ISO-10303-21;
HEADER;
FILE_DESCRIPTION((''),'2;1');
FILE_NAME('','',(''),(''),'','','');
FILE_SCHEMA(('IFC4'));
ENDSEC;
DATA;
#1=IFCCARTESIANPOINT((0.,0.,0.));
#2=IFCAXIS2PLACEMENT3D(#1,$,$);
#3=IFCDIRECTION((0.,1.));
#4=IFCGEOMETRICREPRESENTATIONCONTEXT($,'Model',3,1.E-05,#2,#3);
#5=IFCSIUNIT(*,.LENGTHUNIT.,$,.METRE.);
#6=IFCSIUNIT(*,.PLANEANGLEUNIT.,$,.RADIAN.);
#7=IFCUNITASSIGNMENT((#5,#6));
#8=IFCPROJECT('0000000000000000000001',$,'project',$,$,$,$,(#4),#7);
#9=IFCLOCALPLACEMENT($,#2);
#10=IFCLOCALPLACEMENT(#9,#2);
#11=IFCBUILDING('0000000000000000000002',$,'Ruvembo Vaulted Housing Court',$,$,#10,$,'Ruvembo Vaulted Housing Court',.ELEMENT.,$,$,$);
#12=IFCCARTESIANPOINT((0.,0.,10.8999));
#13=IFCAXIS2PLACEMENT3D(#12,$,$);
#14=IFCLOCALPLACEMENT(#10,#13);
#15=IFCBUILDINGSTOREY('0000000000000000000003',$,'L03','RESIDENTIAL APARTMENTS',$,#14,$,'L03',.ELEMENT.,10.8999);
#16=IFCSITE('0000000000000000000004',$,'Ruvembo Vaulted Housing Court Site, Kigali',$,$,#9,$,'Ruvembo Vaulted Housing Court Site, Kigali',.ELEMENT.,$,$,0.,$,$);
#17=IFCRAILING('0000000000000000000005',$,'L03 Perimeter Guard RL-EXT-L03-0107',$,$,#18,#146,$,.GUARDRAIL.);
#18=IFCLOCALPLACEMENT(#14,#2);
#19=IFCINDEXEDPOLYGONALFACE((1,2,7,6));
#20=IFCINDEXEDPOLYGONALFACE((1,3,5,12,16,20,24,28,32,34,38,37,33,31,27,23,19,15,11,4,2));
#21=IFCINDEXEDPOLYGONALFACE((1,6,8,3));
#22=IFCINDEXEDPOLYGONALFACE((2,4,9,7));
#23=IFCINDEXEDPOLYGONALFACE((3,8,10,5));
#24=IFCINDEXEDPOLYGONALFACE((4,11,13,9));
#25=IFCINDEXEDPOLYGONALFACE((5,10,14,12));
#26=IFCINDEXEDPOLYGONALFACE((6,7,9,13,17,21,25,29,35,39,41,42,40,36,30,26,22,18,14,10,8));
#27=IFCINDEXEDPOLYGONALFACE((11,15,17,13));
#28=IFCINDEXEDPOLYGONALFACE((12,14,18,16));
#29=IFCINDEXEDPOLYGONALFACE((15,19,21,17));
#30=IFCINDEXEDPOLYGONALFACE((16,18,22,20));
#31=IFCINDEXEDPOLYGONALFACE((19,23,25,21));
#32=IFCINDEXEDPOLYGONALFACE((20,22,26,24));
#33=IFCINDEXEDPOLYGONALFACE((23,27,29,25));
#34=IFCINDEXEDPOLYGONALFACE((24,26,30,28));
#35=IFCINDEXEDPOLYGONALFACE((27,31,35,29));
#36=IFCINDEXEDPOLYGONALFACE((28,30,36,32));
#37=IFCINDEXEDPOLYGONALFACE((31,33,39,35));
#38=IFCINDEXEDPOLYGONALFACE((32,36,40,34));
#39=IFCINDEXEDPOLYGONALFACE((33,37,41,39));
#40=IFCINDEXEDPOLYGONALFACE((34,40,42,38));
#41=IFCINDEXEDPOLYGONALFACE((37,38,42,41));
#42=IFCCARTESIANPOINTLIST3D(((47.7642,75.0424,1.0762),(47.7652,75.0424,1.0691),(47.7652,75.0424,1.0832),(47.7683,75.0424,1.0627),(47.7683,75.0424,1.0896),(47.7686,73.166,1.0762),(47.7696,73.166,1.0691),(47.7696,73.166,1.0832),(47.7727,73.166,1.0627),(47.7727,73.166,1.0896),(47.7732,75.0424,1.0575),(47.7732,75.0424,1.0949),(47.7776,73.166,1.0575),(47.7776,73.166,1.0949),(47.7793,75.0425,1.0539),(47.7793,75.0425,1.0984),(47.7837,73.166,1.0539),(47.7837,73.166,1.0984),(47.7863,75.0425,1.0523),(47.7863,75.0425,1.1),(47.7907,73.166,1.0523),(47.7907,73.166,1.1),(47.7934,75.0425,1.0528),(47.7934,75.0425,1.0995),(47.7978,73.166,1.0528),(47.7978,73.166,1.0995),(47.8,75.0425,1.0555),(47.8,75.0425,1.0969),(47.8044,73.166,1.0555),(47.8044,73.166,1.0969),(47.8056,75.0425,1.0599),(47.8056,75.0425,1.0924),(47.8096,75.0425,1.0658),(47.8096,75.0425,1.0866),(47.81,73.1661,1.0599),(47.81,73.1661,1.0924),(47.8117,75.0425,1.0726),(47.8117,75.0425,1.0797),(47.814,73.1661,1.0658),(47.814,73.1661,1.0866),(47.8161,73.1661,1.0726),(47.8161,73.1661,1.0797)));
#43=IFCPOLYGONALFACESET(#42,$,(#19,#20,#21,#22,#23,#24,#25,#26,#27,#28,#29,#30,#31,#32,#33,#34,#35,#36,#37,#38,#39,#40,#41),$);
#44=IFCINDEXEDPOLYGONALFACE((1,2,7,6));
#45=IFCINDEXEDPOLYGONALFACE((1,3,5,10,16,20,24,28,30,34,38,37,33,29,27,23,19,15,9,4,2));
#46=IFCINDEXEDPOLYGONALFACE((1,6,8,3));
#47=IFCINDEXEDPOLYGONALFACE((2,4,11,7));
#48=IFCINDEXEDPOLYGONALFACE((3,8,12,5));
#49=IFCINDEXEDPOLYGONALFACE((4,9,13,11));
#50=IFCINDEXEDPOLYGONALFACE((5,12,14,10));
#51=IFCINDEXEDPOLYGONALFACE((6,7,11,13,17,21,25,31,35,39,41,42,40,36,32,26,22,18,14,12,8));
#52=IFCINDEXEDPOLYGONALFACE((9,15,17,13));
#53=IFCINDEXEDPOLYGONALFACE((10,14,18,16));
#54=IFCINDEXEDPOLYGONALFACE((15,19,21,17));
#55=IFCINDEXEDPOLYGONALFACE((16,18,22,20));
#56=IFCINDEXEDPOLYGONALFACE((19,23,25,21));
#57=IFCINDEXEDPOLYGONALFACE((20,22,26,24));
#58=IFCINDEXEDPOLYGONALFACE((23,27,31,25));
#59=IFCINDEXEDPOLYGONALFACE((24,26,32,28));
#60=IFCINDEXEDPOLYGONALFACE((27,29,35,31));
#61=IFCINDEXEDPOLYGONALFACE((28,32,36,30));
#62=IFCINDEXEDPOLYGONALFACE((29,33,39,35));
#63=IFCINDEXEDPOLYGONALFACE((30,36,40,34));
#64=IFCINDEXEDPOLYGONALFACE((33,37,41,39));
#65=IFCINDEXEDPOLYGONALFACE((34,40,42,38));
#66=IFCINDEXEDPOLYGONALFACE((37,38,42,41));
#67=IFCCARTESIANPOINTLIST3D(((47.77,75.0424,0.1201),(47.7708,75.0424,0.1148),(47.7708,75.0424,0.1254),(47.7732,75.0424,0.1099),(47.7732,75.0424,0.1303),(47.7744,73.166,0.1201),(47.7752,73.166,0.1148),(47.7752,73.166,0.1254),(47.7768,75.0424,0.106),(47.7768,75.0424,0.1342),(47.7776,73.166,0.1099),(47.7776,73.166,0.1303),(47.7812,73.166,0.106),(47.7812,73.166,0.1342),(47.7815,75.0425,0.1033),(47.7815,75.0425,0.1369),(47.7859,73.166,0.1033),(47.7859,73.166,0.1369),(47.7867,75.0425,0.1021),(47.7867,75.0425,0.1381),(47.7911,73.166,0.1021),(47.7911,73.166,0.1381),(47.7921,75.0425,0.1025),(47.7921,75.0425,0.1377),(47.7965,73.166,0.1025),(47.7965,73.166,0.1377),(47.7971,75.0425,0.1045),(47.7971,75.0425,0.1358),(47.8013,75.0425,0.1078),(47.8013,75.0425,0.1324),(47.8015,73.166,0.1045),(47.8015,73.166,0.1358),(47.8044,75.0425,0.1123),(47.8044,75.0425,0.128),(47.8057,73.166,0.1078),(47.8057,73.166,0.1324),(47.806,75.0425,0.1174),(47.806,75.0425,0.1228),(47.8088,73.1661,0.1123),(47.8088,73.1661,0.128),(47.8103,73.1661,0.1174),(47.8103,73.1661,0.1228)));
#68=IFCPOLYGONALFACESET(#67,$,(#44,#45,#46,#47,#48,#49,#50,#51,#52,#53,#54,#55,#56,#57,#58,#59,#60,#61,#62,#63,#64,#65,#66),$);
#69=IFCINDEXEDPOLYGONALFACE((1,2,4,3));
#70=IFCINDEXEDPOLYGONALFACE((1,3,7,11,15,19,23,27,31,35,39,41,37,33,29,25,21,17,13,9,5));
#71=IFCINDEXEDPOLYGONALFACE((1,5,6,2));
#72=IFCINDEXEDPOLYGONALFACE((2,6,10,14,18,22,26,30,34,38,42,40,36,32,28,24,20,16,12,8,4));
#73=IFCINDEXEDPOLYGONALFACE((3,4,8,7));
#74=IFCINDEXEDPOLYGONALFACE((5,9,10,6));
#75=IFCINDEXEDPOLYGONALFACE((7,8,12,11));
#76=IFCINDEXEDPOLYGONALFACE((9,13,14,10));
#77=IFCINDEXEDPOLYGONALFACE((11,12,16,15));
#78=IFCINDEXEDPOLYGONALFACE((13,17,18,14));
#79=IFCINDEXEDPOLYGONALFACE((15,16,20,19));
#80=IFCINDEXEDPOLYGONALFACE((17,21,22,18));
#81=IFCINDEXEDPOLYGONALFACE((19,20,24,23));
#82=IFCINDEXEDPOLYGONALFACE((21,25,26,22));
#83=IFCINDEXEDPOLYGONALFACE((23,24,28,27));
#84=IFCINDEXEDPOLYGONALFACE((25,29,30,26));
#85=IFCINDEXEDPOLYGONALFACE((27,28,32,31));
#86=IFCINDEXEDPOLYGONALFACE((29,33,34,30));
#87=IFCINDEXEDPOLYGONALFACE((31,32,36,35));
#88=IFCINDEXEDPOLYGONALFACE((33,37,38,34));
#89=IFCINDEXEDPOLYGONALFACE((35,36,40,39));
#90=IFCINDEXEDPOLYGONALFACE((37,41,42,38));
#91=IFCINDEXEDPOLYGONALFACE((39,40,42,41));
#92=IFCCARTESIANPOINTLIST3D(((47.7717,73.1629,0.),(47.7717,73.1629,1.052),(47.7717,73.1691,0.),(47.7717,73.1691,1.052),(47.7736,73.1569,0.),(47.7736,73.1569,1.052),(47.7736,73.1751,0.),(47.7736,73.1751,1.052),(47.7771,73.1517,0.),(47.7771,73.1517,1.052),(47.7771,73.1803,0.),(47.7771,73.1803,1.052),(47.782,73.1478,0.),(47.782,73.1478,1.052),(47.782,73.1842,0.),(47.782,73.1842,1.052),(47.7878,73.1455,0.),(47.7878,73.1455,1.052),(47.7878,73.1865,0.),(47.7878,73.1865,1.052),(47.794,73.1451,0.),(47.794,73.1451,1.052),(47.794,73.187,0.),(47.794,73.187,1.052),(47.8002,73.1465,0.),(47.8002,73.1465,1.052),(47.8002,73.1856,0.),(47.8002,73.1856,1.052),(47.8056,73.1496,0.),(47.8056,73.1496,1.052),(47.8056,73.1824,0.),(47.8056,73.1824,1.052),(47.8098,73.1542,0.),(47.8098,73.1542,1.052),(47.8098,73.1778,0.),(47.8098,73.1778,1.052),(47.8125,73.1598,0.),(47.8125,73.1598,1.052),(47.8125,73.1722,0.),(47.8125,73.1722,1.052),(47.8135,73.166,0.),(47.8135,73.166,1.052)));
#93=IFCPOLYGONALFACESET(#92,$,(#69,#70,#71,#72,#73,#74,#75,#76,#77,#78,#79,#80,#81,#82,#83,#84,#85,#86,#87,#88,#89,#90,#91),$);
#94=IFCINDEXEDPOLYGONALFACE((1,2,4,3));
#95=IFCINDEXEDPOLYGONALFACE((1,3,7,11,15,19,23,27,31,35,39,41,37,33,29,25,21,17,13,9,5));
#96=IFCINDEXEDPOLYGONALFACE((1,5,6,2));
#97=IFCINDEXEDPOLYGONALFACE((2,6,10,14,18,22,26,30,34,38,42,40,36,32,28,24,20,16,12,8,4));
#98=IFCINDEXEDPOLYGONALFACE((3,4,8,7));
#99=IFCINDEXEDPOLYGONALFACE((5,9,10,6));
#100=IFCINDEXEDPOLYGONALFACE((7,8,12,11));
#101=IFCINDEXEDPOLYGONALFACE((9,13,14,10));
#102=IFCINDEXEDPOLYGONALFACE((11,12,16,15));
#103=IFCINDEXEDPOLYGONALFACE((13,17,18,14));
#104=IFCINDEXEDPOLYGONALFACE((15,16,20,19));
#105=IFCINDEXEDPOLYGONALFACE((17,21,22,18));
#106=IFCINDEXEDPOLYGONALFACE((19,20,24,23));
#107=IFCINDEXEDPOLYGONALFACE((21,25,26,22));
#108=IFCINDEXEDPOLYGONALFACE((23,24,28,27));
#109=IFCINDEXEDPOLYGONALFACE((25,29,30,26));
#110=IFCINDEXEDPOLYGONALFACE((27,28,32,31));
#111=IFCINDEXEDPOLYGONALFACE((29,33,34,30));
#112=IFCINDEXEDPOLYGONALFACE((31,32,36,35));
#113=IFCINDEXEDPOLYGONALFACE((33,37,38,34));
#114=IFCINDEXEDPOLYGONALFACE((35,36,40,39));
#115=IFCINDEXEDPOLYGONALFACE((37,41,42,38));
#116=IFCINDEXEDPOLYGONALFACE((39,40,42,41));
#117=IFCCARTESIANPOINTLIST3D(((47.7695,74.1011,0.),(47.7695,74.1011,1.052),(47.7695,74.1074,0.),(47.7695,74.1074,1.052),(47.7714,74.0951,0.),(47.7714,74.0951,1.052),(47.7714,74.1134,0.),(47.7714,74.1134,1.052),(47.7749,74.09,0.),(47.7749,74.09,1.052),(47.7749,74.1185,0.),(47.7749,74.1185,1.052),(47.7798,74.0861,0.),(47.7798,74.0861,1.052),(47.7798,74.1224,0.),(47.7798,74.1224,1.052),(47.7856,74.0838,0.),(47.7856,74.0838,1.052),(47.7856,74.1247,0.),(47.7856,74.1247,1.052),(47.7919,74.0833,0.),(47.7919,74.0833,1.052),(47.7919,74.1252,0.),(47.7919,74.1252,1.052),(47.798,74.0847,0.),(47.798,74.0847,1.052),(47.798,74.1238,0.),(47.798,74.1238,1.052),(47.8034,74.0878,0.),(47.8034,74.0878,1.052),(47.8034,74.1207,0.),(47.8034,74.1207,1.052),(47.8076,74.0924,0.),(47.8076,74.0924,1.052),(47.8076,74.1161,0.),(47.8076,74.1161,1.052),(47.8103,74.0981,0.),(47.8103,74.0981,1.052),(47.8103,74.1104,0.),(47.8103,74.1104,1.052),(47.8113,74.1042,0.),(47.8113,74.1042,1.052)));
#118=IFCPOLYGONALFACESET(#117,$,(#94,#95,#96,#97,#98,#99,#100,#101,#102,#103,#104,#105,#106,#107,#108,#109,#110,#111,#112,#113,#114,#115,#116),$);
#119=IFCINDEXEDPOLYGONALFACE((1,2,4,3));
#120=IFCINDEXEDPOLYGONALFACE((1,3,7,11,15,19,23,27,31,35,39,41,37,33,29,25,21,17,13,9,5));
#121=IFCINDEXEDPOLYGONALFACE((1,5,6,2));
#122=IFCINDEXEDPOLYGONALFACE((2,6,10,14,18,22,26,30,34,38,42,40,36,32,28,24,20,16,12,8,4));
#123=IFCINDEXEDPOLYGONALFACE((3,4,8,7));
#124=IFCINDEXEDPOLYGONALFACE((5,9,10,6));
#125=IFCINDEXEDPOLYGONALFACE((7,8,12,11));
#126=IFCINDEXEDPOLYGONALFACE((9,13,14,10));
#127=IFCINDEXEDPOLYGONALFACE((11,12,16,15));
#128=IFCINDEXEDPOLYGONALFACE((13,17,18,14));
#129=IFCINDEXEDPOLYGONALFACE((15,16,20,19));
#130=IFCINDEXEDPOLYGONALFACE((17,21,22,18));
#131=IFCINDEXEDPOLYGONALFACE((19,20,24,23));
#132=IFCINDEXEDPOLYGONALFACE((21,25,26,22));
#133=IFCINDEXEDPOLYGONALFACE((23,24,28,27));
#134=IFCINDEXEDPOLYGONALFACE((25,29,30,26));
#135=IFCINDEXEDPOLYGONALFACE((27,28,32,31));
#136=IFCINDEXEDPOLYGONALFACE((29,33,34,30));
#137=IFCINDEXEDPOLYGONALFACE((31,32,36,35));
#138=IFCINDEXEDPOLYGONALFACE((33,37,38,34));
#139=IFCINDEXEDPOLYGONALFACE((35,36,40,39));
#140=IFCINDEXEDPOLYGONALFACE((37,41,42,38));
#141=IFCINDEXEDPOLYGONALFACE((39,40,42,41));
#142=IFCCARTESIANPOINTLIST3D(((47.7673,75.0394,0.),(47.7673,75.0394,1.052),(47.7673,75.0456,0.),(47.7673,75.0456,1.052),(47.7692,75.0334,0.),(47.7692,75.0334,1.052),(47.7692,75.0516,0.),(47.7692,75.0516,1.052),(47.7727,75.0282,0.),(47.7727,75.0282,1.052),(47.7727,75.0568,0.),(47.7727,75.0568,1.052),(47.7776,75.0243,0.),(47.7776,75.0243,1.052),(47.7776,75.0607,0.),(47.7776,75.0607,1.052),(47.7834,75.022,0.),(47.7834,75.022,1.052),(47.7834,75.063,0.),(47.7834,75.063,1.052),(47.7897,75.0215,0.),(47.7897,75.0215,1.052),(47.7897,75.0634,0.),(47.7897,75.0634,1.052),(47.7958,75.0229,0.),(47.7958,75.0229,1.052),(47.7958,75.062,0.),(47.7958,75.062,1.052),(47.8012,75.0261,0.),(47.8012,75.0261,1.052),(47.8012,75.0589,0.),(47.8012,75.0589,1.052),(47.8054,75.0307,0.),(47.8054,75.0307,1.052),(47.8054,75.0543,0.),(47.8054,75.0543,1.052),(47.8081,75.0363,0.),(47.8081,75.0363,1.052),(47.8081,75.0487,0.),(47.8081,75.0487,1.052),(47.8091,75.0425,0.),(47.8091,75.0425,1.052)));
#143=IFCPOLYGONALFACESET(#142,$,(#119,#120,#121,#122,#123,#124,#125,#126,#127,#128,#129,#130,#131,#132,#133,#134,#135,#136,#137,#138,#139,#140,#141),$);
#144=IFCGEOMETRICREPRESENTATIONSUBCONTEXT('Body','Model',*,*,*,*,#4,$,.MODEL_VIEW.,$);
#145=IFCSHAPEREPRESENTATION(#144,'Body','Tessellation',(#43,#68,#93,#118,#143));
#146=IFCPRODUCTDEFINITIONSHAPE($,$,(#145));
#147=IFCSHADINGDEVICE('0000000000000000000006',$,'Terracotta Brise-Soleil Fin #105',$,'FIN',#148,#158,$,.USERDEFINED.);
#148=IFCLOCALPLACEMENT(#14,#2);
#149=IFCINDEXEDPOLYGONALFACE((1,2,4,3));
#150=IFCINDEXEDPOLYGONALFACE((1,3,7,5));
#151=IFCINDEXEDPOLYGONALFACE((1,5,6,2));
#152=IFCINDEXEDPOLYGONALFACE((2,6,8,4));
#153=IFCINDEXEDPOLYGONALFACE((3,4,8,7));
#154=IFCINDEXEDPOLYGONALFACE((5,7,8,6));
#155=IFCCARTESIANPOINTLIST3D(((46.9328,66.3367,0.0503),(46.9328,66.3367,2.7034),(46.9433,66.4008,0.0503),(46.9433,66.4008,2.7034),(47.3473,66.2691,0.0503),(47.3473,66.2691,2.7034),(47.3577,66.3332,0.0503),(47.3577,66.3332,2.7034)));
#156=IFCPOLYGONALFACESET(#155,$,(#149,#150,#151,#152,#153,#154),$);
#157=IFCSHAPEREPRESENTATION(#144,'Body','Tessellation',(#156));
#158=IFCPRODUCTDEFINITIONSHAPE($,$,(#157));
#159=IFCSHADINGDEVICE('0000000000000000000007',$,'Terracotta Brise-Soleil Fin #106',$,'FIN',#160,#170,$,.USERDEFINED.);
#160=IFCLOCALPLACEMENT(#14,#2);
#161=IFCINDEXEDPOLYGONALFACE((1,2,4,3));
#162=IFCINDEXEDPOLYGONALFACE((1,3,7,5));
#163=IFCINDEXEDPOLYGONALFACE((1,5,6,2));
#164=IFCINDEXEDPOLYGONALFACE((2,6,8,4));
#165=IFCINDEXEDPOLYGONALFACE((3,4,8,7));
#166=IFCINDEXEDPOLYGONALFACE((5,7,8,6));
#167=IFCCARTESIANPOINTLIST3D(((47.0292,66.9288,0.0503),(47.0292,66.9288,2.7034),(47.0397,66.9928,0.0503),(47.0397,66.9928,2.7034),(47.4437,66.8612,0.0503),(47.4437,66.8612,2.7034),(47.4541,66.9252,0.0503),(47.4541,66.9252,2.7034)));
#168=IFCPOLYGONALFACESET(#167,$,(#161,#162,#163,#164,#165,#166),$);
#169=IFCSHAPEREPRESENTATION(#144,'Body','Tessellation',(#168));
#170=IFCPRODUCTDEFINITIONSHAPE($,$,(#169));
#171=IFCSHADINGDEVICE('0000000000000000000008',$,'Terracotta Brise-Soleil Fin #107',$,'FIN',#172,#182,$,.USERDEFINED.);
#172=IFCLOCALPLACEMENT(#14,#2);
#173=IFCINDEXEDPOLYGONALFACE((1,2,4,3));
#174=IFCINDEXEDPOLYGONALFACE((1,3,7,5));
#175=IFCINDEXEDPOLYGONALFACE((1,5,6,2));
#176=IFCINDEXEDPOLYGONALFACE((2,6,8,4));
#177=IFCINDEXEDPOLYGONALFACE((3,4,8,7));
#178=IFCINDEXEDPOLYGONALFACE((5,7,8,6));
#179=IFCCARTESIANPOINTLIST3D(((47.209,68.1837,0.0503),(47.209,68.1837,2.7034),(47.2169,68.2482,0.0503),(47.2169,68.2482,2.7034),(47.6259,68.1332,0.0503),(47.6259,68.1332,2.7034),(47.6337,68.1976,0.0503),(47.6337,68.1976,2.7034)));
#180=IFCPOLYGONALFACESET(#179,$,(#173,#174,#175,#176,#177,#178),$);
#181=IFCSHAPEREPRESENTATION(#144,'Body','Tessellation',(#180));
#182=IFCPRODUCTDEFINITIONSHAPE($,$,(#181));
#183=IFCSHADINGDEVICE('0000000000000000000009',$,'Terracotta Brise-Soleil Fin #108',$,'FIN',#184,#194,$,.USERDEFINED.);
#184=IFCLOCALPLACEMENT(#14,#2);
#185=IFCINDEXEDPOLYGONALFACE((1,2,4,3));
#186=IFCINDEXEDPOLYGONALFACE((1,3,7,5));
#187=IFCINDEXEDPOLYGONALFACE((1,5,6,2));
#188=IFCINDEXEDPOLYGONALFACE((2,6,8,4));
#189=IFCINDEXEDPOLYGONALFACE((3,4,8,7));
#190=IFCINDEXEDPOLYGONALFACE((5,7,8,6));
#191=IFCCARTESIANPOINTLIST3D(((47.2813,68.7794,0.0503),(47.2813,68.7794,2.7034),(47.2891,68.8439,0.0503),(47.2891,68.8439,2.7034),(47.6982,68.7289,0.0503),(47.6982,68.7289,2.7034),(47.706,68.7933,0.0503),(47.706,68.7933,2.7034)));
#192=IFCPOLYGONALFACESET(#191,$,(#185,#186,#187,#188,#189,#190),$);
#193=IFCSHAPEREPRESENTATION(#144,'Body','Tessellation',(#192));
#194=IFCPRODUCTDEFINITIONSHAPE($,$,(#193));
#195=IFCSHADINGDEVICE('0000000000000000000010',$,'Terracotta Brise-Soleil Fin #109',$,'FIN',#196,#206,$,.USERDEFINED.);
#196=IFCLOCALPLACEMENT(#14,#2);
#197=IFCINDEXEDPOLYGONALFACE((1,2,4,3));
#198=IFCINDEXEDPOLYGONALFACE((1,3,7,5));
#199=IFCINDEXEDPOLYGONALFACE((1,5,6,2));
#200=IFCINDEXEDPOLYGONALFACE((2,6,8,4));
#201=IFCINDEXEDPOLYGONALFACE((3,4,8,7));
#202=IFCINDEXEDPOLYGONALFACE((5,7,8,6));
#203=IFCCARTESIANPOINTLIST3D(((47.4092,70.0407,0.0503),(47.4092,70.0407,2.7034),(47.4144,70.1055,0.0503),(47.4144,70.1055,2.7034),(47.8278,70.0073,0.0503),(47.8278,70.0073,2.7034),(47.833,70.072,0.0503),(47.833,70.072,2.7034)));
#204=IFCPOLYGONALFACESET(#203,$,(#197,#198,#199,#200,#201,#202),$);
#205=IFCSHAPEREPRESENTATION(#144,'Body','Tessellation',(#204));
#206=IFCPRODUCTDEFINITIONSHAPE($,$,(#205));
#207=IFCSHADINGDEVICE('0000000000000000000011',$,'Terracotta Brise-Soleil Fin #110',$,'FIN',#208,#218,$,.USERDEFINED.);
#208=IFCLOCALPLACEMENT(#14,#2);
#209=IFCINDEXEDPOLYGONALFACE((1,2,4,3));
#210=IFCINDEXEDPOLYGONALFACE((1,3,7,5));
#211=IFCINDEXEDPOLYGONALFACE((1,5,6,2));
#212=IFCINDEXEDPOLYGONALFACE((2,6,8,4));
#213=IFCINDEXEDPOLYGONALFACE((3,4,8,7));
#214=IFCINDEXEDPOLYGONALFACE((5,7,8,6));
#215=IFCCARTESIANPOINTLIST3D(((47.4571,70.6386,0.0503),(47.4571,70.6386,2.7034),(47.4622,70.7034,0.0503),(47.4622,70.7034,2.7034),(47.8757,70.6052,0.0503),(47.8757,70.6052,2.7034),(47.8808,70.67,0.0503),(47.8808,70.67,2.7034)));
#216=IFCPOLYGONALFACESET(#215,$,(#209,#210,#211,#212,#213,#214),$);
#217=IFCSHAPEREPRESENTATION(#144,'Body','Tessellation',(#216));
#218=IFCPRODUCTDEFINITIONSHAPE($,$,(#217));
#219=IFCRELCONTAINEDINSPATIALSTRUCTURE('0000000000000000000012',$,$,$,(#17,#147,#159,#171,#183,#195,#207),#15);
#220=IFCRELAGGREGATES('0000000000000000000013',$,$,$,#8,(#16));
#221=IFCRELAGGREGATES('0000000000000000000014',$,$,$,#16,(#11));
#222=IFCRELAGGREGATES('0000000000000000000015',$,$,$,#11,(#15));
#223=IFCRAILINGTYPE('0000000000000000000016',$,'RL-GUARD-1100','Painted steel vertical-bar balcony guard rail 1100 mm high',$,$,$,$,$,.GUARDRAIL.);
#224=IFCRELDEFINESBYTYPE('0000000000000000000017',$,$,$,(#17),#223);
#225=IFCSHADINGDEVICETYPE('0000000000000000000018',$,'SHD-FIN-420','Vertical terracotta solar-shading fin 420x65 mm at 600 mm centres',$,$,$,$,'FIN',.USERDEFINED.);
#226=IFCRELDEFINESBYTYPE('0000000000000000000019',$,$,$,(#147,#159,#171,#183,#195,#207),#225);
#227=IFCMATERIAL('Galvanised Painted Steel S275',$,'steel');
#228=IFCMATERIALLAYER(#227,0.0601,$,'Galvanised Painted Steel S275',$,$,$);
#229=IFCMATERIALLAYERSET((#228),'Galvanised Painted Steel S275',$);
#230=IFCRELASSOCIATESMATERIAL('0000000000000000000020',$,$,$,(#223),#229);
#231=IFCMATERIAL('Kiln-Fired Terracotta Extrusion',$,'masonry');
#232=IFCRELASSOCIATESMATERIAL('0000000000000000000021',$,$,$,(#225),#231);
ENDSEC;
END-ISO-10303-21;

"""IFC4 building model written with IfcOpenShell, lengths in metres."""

from ifc_helpers import new_model, si_unit, direction, frame, origin, origin_2d, place, context, subcontext, project, spatial, rectangle, circle, extrude, material, layer, layer_set, type_object, element, save


model = new_model("IFC4")

# Units and contexts
model_context = context("Model", 3, precision=1e-05, world=origin(), true_north=direction((0.0, 1.0)))
body_context = subcontext(model_context, "Body", "Model", "MODEL_VIEW")
ifc_project = project(units=[si_unit("LENGTHUNIT", "METRE"), si_unit("PLANEANGLEUNIT", "RADIAN")], contexts=[model_context])

# Site, building, storey
site_placement = place(None, origin())
site = spatial("IfcSite", under=ifc_project, at=site_placement, Name="Ruvembo Vaulted Housing Court Site, Kigali", LongName="Ruvembo Vaulted Housing Court Site, Kigali", CompositionType="ELEMENT", RefElevation=0.0)
building_placement = place(site_placement, origin())
building = spatial("IfcBuilding", under=site, at=building_placement, Name="Ruvembo Vaulted Housing Court", LongName="Ruvembo Vaulted Housing Court", CompositionType="ELEMENT")
storey_placement = place(building_placement, frame((0.0, 0.0, 10.8999)))
storey = spatial("IfcBuildingStorey", under=building, at=storey_placement, Name="L03", Description="RESIDENTIAL APARTMENTS", LongName="L03", CompositionType="ELEMENT", Elevation=10.8999)

# Railing
ifc_material_1 = material(Name="Galvanised Painted Steel S275", Category="steel")
ifc_layer = layer(ifc_material_1, 0.0601, Name="Galvanised Painted Steel S275")
ifc_layer_set = layer_set([ifc_layer], Name="Galvanised Painted Steel S275")
railing_type = type_object("IfcRailingType", Name="RL-GUARD-1100", Description="Painted steel vertical-bar balcony guard rail 1100 mm high", PredefinedType="GUARDRAIL", material=ifc_layer_set)
railing_1_placement = place(storey_placement, frame((47.7925, 73.166, 0.0)))
element("IfcRailing", 1, at=railing_1_placement, inside=storey, type_object=railing_type, Name="L03 Perimeter Guard RL-EXT-L03-0107", PredefinedType="GUARDRAIL", context=body_context, shape_type="SweptSolid", body=[
    extrude(circle(Radius=0.0239, at=origin_2d()), frame((0.0, 0.0, 1.0762), z_axis=(-0.002342, 0.999997, 0.0), x_axis=(-0.999997, -0.002342, 0.0)), (0.0, 0.0, 1.0), 1.8765),
    extrude(circle(Radius=0.0181, at=origin_2d()), frame((0.0, 0.0, 0.1201), z_axis=(-0.002342, 0.999997, 0.0), x_axis=(-0.999997, -0.002342, 0.0)), (0.0, 0.0, 1.0), 1.8765),
    extrude(circle(Radius=0.021, at=origin_2d()), origin(), (0.0, 0.0, 1.0), 1.052),
    extrude(circle(Radius=0.021, at=origin_2d()), frame((-0.0022, 0.9382, 0.0)), (0.0, 0.0, 1.0), 1.052),
    extrude(circle(Radius=0.021, at=origin_2d()), frame((-0.0044, 1.8765, 0.0)), (0.0, 0.0, 1.0), 1.052),
])

# Shading devices
ifc_material_2 = material(Name="Kiln-Fired Terracotta Extrusion", Category="masonry")
shading_device_type = type_object("IfcShadingDeviceType", Name="SHD-FIN-420", Description="Vertical terracotta solar-shading fin 420x65 mm at 600 mm centres", ElementType="FIN", PredefinedType="USERDEFINED", material=ifc_material_2)
for number, where, z_axis, x_axis, name in (
    (2, (47.1453, 66.335, 0.0503), (0.0, 0.0, 1.0), (0.986957, -0.160984, 0.0), "Terracotta Brise-Soleil Fin #105"),
    (3, (47.2417, 66.927, 0.0503), (0.0, 0.0, 1.0), (0.986957, -0.160984, 0.0), "Terracotta Brise-Soleil Fin #106"),
    (4, (47.4214, 68.1907, 0.0503), (0.0, 0.0, 1.0), (0.992734, -0.120327, 0.0), "Terracotta Brise-Soleil Fin #107"),
    (5, (47.4937, 68.7864, 0.0503), (0.0, 0.0, 1.0), (0.992734, -0.120327, 0.0), "Terracotta Brise-Soleil Fin #108"),
    (6, (47.6211, 70.0564, 0.0503), (0.0, 0.0, 1.0), (0.996826, -0.079607, 0.0), "Terracotta Brise-Soleil Fin #109"),
    (7, (47.6689, 70.6543, 0.0503), (0.0, 0.0, 1.0), (0.996826, -0.079607, 0.0), "Terracotta Brise-Soleil Fin #110"),
):
    element("IfcShadingDevice", number, at=place(storey_placement, frame(where, z_axis=z_axis, x_axis=x_axis)), inside=storey, type_object=shading_device_type, Name=name, ObjectType="FIN", PredefinedType="USERDEFINED", context=body_context, shape_type="SweptSolid", body=[
        extrude(rectangle(XDim=0.4199, YDim=0.0649, at=origin_2d()), origin(), (0.0, 0.0, 1.0), 2.6531),
    ])

save(model, "model.ifc")
